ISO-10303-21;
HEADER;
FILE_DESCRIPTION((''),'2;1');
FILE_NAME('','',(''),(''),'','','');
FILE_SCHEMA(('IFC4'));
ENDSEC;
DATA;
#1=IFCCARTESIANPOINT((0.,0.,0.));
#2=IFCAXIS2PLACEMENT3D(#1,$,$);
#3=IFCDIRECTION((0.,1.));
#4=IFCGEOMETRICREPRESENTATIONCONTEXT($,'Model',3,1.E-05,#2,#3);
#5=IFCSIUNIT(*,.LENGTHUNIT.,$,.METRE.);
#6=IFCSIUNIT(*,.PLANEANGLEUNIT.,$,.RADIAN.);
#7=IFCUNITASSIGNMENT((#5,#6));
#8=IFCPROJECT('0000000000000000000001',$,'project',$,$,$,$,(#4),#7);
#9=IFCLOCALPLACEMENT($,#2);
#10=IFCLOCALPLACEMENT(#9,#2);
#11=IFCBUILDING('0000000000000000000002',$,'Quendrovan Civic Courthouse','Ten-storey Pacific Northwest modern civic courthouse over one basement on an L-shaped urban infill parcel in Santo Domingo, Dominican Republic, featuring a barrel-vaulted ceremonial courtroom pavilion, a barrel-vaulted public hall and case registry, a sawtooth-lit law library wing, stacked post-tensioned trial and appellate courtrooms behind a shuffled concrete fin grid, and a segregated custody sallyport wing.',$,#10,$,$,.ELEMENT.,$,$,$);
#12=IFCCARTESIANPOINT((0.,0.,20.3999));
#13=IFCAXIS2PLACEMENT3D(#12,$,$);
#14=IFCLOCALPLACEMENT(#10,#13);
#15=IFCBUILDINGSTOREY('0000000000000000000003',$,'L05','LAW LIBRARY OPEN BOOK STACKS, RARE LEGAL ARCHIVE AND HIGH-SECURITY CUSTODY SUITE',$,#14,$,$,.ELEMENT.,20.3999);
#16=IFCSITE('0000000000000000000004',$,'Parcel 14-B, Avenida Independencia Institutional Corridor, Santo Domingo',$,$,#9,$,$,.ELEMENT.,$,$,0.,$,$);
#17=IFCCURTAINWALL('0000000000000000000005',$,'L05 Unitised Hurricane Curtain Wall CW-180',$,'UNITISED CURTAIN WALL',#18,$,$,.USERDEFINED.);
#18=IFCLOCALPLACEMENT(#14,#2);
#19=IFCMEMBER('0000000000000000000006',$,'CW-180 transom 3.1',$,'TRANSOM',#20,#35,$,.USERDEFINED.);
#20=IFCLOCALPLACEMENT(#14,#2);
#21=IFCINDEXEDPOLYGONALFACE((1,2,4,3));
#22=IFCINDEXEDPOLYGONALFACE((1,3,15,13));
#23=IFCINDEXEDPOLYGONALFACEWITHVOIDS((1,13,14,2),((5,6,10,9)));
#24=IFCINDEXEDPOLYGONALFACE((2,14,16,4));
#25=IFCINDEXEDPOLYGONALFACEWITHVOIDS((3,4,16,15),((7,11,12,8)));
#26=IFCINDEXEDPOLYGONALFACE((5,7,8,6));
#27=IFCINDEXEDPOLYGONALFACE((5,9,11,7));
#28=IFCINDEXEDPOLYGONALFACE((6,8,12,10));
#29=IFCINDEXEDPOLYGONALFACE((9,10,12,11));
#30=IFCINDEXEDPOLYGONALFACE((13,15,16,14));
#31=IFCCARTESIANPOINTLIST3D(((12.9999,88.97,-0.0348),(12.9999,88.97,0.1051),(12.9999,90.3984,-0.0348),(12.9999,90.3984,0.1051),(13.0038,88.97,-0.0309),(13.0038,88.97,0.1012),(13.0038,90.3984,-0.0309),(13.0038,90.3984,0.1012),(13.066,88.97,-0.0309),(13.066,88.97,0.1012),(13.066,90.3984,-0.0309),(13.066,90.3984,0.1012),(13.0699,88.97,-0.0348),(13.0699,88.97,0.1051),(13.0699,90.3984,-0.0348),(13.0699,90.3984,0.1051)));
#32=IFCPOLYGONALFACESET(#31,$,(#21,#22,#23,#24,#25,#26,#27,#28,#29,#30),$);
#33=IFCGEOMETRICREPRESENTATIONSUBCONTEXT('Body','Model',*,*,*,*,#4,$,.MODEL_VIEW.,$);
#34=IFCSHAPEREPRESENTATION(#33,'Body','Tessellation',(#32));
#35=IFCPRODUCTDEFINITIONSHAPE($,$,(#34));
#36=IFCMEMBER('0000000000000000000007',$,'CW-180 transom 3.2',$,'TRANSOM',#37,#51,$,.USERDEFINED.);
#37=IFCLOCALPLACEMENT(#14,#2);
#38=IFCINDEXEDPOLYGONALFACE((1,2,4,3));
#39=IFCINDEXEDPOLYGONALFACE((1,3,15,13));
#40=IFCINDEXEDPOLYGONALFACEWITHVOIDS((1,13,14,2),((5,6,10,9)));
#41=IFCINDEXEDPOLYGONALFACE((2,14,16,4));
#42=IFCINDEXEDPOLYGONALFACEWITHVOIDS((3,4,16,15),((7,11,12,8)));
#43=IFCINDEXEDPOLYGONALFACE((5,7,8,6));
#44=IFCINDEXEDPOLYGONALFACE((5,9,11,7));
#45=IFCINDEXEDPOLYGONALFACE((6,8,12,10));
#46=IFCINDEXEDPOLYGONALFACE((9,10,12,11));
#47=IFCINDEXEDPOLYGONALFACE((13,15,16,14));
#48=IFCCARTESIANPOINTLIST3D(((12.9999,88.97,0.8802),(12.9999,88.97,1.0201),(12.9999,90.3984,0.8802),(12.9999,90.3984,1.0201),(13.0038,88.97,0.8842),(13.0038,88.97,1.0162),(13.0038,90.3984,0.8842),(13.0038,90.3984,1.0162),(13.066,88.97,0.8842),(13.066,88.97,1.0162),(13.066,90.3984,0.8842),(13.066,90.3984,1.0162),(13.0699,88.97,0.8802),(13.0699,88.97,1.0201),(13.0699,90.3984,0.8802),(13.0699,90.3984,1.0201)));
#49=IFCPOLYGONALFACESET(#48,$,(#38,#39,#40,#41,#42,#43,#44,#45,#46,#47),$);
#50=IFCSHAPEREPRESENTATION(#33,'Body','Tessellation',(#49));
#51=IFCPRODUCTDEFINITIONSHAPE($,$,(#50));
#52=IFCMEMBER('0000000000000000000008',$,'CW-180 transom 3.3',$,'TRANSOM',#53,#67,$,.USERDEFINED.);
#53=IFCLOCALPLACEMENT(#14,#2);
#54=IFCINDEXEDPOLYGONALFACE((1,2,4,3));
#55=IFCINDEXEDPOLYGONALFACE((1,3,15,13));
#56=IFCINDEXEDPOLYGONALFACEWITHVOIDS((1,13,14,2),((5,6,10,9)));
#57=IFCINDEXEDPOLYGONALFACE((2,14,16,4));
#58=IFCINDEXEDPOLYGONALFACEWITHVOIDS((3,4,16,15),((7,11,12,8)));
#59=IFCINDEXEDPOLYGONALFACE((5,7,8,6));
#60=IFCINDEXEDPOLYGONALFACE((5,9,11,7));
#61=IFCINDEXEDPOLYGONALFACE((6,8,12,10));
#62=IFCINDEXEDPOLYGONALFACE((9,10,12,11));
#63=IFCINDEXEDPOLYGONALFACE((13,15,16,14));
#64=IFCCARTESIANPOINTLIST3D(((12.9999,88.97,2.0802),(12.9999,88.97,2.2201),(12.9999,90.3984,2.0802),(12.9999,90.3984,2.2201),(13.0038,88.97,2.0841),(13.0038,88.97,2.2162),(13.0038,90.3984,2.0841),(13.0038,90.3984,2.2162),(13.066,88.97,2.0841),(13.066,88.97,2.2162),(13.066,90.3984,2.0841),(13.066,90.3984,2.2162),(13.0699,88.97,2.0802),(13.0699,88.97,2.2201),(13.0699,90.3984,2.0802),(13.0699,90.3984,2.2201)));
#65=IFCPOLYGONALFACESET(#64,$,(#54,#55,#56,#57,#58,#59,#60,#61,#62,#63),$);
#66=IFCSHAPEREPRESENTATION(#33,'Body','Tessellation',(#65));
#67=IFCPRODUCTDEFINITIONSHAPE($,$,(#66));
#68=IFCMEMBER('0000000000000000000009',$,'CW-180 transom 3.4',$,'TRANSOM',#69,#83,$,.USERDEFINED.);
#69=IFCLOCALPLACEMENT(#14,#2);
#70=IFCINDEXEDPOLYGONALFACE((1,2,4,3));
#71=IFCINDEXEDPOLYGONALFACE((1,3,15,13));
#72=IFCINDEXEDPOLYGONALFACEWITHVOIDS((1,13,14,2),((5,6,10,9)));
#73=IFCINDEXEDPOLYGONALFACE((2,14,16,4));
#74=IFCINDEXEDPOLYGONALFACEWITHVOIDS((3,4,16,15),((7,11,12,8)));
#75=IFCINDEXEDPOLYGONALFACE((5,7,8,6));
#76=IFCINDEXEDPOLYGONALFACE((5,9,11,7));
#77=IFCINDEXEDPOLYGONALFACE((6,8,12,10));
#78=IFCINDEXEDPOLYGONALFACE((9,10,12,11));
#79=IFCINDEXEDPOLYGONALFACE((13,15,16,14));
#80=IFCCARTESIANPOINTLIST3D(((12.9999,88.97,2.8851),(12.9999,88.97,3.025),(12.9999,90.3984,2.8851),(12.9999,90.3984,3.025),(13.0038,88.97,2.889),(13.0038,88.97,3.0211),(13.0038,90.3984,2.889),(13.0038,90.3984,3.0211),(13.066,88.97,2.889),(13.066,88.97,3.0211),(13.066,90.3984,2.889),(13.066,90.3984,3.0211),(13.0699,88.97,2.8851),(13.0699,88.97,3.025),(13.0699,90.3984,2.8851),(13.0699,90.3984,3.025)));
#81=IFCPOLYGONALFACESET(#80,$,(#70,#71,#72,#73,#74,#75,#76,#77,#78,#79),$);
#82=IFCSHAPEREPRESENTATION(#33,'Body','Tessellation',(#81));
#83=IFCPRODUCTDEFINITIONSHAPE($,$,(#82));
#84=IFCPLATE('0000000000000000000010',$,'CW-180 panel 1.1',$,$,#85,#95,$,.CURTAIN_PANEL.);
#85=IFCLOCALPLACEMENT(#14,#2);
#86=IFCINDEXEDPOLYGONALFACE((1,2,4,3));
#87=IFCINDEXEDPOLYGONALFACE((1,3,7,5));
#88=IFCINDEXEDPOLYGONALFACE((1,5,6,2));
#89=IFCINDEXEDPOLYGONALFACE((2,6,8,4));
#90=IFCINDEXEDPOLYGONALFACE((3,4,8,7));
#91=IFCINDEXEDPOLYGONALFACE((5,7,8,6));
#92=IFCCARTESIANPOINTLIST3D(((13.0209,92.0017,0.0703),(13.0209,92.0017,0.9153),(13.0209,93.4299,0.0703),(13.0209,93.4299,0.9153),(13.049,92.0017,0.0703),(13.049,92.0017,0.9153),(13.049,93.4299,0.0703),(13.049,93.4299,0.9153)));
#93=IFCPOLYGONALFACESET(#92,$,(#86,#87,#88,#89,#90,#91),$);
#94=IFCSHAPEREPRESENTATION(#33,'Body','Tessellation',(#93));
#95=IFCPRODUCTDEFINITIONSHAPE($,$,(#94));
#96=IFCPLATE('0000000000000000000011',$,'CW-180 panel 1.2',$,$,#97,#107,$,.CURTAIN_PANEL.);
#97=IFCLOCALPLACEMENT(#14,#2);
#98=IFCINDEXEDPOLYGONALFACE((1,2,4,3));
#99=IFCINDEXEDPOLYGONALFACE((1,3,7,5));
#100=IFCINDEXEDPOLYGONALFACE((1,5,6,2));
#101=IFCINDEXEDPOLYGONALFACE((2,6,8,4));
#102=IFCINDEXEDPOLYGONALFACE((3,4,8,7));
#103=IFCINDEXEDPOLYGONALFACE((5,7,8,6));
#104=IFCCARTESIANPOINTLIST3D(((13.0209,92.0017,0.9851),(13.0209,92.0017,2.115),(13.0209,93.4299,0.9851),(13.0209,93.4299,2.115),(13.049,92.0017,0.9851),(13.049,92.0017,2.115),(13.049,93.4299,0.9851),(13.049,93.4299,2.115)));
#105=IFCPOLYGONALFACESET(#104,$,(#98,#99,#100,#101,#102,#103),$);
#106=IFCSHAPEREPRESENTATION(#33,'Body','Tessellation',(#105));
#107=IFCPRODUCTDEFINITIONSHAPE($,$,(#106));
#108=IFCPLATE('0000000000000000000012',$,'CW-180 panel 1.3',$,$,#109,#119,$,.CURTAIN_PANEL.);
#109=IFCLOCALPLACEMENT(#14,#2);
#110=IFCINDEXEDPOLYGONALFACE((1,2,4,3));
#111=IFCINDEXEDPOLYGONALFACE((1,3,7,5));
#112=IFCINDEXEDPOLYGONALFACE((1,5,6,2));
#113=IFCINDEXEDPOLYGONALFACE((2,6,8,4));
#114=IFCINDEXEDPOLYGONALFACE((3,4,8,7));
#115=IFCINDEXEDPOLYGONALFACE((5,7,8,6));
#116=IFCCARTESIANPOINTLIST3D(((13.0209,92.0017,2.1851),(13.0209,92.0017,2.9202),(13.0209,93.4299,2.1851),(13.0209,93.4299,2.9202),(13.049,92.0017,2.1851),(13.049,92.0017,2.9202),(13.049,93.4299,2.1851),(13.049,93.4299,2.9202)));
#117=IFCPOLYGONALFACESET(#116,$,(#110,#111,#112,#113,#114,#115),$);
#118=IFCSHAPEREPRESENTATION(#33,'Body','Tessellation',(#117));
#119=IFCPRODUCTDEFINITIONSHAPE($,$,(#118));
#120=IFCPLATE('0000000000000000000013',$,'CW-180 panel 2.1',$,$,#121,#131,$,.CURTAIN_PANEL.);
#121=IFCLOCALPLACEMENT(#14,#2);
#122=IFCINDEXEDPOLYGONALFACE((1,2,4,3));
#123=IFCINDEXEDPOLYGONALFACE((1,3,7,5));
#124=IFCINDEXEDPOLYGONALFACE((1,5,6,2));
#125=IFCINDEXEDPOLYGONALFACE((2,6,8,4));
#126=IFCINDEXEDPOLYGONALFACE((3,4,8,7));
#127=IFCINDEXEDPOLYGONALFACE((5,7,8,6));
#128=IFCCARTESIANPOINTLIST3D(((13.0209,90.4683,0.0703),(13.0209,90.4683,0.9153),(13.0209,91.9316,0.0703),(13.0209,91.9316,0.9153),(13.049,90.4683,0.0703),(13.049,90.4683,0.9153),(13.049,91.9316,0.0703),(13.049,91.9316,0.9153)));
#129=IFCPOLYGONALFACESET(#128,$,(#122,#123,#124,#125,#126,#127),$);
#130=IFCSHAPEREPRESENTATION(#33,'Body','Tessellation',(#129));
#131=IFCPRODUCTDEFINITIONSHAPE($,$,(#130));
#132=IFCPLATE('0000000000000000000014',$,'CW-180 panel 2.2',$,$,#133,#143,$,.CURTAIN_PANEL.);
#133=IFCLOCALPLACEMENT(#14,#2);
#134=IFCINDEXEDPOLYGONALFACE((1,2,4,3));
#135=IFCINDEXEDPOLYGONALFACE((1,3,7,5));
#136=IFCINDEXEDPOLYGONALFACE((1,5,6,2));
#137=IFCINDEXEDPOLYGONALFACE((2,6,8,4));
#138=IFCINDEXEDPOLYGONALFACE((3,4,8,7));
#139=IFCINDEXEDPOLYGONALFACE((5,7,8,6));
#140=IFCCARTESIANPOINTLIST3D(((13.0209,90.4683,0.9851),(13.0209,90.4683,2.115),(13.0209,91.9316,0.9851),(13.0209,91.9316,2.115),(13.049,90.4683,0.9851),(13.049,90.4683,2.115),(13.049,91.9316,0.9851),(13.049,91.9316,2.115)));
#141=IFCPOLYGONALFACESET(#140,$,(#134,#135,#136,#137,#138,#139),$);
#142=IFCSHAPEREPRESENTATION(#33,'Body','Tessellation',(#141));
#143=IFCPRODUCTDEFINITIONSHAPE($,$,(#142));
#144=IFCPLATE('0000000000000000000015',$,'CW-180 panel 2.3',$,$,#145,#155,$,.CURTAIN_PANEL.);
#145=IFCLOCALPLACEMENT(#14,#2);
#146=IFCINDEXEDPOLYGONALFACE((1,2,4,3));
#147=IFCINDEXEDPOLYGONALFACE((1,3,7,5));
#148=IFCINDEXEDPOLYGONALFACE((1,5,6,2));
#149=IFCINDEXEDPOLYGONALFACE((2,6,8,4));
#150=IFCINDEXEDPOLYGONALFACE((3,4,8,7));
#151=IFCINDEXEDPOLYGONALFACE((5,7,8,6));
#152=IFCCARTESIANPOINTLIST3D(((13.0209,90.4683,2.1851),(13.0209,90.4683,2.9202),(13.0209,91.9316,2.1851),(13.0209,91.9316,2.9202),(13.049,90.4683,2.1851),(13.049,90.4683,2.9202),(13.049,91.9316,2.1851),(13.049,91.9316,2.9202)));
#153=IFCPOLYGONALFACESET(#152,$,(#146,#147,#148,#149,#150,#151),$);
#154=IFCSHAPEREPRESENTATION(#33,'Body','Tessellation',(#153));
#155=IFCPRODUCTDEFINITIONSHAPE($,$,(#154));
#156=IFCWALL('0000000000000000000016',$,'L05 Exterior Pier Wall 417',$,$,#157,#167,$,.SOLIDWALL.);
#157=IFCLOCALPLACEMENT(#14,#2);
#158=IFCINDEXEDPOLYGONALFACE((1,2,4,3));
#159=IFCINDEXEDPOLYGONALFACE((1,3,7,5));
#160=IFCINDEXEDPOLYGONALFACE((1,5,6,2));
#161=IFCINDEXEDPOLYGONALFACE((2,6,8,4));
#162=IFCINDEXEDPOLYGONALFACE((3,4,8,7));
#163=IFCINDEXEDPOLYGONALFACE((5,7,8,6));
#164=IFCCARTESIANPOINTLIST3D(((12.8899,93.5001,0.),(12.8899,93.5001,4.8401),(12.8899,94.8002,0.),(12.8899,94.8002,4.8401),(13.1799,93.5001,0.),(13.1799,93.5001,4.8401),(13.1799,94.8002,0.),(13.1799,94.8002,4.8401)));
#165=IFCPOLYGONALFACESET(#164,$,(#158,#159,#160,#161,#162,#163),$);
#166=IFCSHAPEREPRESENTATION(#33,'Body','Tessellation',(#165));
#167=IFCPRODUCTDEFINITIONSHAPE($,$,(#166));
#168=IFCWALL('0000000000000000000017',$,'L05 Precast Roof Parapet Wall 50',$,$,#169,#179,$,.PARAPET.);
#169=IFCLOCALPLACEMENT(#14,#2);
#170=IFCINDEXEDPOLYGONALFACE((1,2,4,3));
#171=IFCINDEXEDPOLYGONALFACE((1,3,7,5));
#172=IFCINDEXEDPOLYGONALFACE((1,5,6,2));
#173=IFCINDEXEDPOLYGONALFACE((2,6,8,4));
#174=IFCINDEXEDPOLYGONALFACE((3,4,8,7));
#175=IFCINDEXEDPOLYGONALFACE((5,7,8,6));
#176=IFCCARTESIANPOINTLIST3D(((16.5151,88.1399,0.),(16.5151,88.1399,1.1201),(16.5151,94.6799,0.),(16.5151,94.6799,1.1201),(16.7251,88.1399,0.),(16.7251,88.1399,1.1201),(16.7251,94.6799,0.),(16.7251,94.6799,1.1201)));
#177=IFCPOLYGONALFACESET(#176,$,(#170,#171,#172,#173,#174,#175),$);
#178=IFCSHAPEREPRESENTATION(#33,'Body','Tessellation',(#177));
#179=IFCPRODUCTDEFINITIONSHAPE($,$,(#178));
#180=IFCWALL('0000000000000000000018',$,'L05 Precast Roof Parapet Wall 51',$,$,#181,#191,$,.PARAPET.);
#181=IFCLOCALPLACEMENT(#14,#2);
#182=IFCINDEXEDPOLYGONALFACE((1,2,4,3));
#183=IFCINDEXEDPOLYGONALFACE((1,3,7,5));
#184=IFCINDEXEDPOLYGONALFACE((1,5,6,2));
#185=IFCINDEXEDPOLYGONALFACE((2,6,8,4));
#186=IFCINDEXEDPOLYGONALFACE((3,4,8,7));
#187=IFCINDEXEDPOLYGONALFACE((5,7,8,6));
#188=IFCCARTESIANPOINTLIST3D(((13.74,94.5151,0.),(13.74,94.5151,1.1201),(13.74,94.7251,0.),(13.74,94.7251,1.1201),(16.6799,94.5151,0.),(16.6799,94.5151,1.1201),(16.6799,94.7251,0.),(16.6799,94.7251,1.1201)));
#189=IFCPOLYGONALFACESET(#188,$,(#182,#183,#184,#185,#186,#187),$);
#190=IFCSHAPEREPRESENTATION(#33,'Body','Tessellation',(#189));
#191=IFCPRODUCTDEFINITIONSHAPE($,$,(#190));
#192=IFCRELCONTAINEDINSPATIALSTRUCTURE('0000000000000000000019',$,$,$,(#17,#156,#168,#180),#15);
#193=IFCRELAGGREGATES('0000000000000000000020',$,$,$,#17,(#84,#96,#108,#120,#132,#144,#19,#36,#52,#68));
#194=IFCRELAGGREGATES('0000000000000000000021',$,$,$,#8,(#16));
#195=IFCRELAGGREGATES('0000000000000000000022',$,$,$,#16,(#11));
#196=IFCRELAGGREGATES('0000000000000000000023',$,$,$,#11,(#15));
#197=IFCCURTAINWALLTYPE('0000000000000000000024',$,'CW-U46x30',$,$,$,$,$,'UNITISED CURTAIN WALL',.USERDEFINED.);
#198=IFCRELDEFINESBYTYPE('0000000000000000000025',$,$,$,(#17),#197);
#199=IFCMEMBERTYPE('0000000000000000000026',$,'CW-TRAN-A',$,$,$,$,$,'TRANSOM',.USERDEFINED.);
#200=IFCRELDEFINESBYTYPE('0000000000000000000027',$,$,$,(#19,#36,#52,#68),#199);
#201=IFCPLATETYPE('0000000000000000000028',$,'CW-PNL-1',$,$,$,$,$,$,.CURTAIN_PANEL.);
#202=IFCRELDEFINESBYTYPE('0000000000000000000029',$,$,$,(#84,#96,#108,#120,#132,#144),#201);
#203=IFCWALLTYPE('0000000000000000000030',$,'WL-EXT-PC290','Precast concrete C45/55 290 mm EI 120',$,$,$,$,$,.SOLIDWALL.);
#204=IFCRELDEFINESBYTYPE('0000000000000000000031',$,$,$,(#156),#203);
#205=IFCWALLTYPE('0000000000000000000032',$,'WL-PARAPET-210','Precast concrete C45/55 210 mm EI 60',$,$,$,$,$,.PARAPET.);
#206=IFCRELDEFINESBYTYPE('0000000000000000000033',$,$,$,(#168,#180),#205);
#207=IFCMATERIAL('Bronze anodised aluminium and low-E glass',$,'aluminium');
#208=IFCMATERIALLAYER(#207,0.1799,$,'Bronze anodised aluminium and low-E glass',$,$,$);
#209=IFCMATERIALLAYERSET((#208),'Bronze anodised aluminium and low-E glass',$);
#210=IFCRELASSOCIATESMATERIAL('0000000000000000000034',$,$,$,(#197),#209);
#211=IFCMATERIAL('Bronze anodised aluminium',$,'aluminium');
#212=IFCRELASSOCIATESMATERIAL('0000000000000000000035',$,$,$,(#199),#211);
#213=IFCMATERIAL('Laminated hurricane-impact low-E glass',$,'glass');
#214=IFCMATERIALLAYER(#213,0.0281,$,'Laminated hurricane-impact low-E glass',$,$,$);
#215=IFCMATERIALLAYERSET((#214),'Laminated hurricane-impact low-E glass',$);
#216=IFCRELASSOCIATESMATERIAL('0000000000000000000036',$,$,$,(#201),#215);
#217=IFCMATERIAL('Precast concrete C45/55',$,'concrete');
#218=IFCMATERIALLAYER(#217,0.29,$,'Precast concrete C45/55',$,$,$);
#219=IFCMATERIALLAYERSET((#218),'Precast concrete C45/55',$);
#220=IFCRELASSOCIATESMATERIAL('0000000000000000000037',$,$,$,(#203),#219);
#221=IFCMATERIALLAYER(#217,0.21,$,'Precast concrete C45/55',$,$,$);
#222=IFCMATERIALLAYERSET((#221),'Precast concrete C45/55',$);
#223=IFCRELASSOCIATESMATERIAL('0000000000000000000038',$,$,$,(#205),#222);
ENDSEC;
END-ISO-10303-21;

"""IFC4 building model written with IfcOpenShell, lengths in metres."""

from ifc_helpers import new_model, si_unit, direction, frame, frame_2d, origin, origin_2d, place, context, subcontext, project, spatial, rectangle, hollow_rectangle, extrude, material, layer, layer_set, material_profile, profile_set, type_object, element, aggregate, save


model = new_model("IFC4")

# Units and contexts
model_context = context("Model", 3, precision=1e-05, world=origin(), true_north=direction((0.0, 1.0)))
body_context = subcontext(model_context, "Body", "Model", "MODEL_VIEW")
ifc_project = project(units=[si_unit("LENGTHUNIT", "METRE"), si_unit("PLANEANGLEUNIT", "RADIAN")], contexts=[model_context])

# Site, building, storey
site_placement = place(None, origin())
site = spatial("IfcSite", under=ifc_project, at=site_placement, Name="Parcel 14-B, Avenida Independencia Institutional Corridor, Santo Domingo", CompositionType="ELEMENT", RefElevation=0.0)
building_placement = place(site_placement, origin())
building = spatial("IfcBuilding", under=site, at=building_placement, Name="Quendrovan Civic Courthouse", Description="Ten-storey Pacific Northwest modern civic courthouse over one basement on an L-shaped urban infill parcel in Santo Domingo, Dominican Republic, featuring a barrel-vaulted ceremonial courtroom pavilion, a barrel-vaulted public hall and case registry, a sawtooth-lit law library wing, stacked post-tensioned trial and appellate courtrooms behind a shuffled concrete fin grid, and a segregated custody sallyport wing.", CompositionType="ELEMENT")
storey_placement = place(building_placement, frame((0.0, 0.0, 20.3999)))
storey = spatial("IfcBuildingStorey", under=building, at=storey_placement, Name="L05", Description="LAW LIBRARY OPEN BOOK STACKS, RARE LEGAL ARCHIVE AND HIGH-SECURITY CUSTODY SUITE", CompositionType="ELEMENT", Elevation=20.3999)

# Curtain wall, members, plates
ifc_material_1 = material(Name="Bronze anodised aluminium and low-E glass", Category="aluminium")
ifc_layer_1 = layer(ifc_material_1, 0.1799, Name="Bronze anodised aluminium and low-E glass")
ifc_layer_set_1 = layer_set([ifc_layer_1], Name="Bronze anodised aluminium and low-E glass")
curtain_wall_type = type_object("IfcCurtainWallType", Name="CW-U46x30", ElementType="UNITISED CURTAIN WALL", PredefinedType="USERDEFINED", material=ifc_layer_set_1)
curtain_wall_placement = place(storey_placement, origin())
curtain_wall = element("IfcCurtainWall", 1, at=curtain_wall_placement, inside=storey, type_object=curtain_wall_type, Name="L05 Unitised Hurricane Curtain Wall CW-180", ObjectType="UNITISED CURTAIN WALL", PredefinedType="USERDEFINED")
ifc_material_2 = material(Name="Bronze anodised aluminium", Category="aluminium")
ifc_material_profile_1 = material_profile(ifc_material_2, hollow_rectangle(XDim=0.0701, YDim=0.1399, WallThickness=0.0039, at=origin_2d()), Name="CW-TRAN-70x140")
ifc_profile_set_1 = profile_set([ifc_material_profile_1], Name="Bronze anodised aluminium")
member_type_1 = type_object("IfcMemberType", Name="CW-TRAN-A", ElementType="TRANSOM", PredefinedType="USERDEFINED", material=ifc_profile_set_1)
member_1_placement = place(storey_placement, frame((13.0349, 90.3984, 0.0352), z_axis=(0.0, -1.0, 0.0), x_axis=(1.0, 0.0, 0.0)))
member_1 = element("IfcMember", 2, at=member_1_placement, type_object=member_type_1, Name="CW-180 transom 3.1", ObjectType="TRANSOM", PredefinedType="USERDEFINED", context=body_context, shape_type="SweptSolid", body=[
    extrude(hollow_rectangle(XDim=0.0701, YDim=0.1399, WallThickness=0.0039, at=origin_2d()), origin(), (0.0, 0.0, 1.0), 1.4285),
])
member_2_placement = place(storey_placement, frame((13.0349, 90.3984, 0.9502), z_axis=(0.0, -1.0, 0.0), x_axis=(1.0, 0.0, 0.0)))
member_2 = element("IfcMember", 3, at=member_2_placement, type_object=member_type_1, Name="CW-180 transom 3.2", ObjectType="TRANSOM", PredefinedType="USERDEFINED", context=body_context, shape_type="SweptSolid", body=[
    extrude(hollow_rectangle(XDim=0.0701, YDim=0.1399, WallThickness=0.0039, at=origin_2d()), origin(), (0.0, 0.0, 1.0), 1.4285),
])
member_3_placement = place(storey_placement, frame((13.0349, 90.3984, 2.1501), z_axis=(0.0, -1.0, 0.0), x_axis=(1.0, 0.0, 0.0)))
member_3 = element("IfcMember", 4, at=member_3_placement, type_object=member_type_1, Name="CW-180 transom 3.3", ObjectType="TRANSOM", PredefinedType="USERDEFINED", context=body_context, shape_type="SweptSolid", body=[
    extrude(hollow_rectangle(XDim=0.0701, YDim=0.1399, WallThickness=0.0039, at=origin_2d()), origin(), (0.0, 0.0, 1.0), 1.4285),
])
member_4_placement = place(storey_placement, frame((13.0349, 90.3984, 2.9551), z_axis=(0.0, -1.0, 0.0), x_axis=(1.0, 0.0, 0.0)))
member_4 = element("IfcMember", 5, at=member_4_placement, type_object=member_type_1, Name="CW-180 transom 3.4", ObjectType="TRANSOM", PredefinedType="USERDEFINED", context=body_context, shape_type="SweptSolid", body=[
    extrude(hollow_rectangle(XDim=0.0701, YDim=0.1399, WallThickness=0.0039, at=origin_2d()), origin(), (0.0, 0.0, 1.0), 1.4285),
])
ifc_material_3 = material(Name="Laminated hurricane-impact low-E glass", Category="glass")
ifc_layer_2 = layer(ifc_material_3, 0.0281, Name="Laminated hurricane-impact low-E glass")
ifc_layer_set_2 = layer_set([ifc_layer_2], Name="Laminated hurricane-impact low-E glass")
plate_type = type_object("IfcPlateType", Name="CW-PNL-1", PredefinedType="CURTAIN_PANEL", material=ifc_layer_set_2)
plate_1_placement = place(storey_placement, frame((13.0349, 92.7158, 0.0703), z_axis=(0.0, 0.0, 1.0), x_axis=(0.0, -1.0, 0.0)))
plate_1 = element("IfcPlate", 6, at=plate_1_placement, type_object=plate_type, Name="CW-180 panel 1.1", PredefinedType="CURTAIN_PANEL", context=body_context, shape_type="SweptSolid", body=[
    extrude(rectangle(XDim=1.4282, YDim=0.0281, at=origin_2d()), origin(), (0.0, 0.0, 1.0), 0.845),
])
plate_2_placement = place(storey_placement, frame((13.0349, 92.7158, 0.9851), z_axis=(0.0, 0.0, 1.0), x_axis=(0.0, -1.0, 0.0)))
plate_2 = element("IfcPlate", 7, at=plate_2_placement, type_object=plate_type, Name="CW-180 panel 1.2", PredefinedType="CURTAIN_PANEL", context=body_context, shape_type="SweptSolid", body=[
    extrude(rectangle(XDim=1.4282, YDim=0.0281, at=origin_2d()), origin(), (0.0, 0.0, 1.0), 1.1299),
])
plate_3_placement = place(storey_placement, frame((13.0349, 92.7158, 2.1851), z_axis=(0.0, 0.0, 1.0), x_axis=(0.0, -1.0, 0.0)))
plate_3 = element("IfcPlate", 8, at=plate_3_placement, type_object=plate_type, Name="CW-180 panel 1.3", PredefinedType="CURTAIN_PANEL", context=body_context, shape_type="SweptSolid", body=[
    extrude(rectangle(XDim=1.4282, YDim=0.0281, at=origin_2d()), origin(), (0.0, 0.0, 1.0), 0.7351),
])
plate_4_placement = place(storey_placement, frame((13.0349, 91.2, 0.0703), z_axis=(0.0, 0.0, 1.0), x_axis=(0.0, -1.0, 0.0)))
plate_4 = element("IfcPlate", 9, at=plate_4_placement, type_object=plate_type, Name="CW-180 panel 2.1", PredefinedType="CURTAIN_PANEL", context=body_context, shape_type="SweptSolid", body=[
    extrude(rectangle(XDim=1.4634, YDim=0.0281, at=origin_2d()), origin(), (0.0, 0.0, 1.0), 0.845),
])
plate_5_placement = place(storey_placement, frame((13.0349, 91.2, 0.9851), z_axis=(0.0, 0.0, 1.0), x_axis=(0.0, -1.0, 0.0)))
plate_5 = element("IfcPlate", 10, at=plate_5_placement, type_object=plate_type, Name="CW-180 panel 2.2", PredefinedType="CURTAIN_PANEL", context=body_context, shape_type="SweptSolid", body=[
    extrude(rectangle(XDim=1.4634, YDim=0.0281, at=origin_2d()), origin(), (0.0, 0.0, 1.0), 1.1299),
])
plate_6_placement = place(storey_placement, frame((13.0349, 91.2, 2.1851), z_axis=(0.0, 0.0, 1.0), x_axis=(0.0, -1.0, 0.0)))
plate_6 = element("IfcPlate", 11, at=plate_6_placement, type_object=plate_type, Name="CW-180 panel 2.3", PredefinedType="CURTAIN_PANEL", context=body_context, shape_type="SweptSolid", body=[
    extrude(rectangle(XDim=1.4634, YDim=0.0281, at=origin_2d()), origin(), (0.0, 0.0, 1.0), 0.7351),
])
aggregate(curtain_wall, [plate_1, plate_2, plate_3, plate_4, plate_5, plate_6, member_1, member_2, member_3, member_4])

# Walls
ifc_material_4 = material(Name="Precast concrete C45/55", Category="concrete")
ifc_layer_3 = layer(ifc_material_4, 0.29, Name="Precast concrete C45/55")
ifc_layer_set_3 = layer_set([ifc_layer_3], Name="Precast concrete C45/55")
wall_type_1 = type_object("IfcWallType", Name="WL-EXT-PC290", Description="Precast concrete C45/55 290 mm EI 120", PredefinedType="SOLIDWALL", material=ifc_layer_set_3)
wall_1_placement = place(storey_placement, frame((13.0349, 94.8, 0.0), z_axis=(0.0, 0.0, 1.0), x_axis=(0.0, -1.0, 0.0)))
element("IfcWall", 12, at=wall_1_placement, inside=storey, type_object=wall_type_1, Name="L05 Exterior Pier Wall 417", PredefinedType="SOLIDWALL", context=body_context, shape_type="SweptSolid", body=[
    extrude(rectangle(XDim=1.3, YDim=0.29, at=frame_2d((0.6499, 0.0))), origin(), (0.0, 0.0, 1.0), 4.8401),
])
ifc_layer_4 = layer(ifc_material_4, 0.21, Name="Precast concrete C45/55")
ifc_layer_set_4 = layer_set([ifc_layer_4], Name="Precast concrete C45/55")
wall_type_2 = type_object("IfcWallType", Name="WL-PARAPET-210", Description="Precast concrete C45/55 210 mm EI 60", PredefinedType="PARAPET", material=ifc_layer_set_4)
wall_2_placement = place(storey_placement, frame((16.6201, 94.6799, 0.0), z_axis=(0.0, 0.0, 1.0), x_axis=(0.0, -1.0, 0.0)))
element("IfcWall", 13, at=wall_2_placement, inside=storey, type_object=wall_type_2, Name="L05 Precast Roof Parapet Wall 50", PredefinedType="PARAPET", context=body_context, shape_type="SweptSolid", body=[
    extrude(rectangle(XDim=6.54, YDim=0.21, at=frame_2d((3.27, 0.0))), origin(), (0.0, 0.0, 1.0), 1.1201),
])
wall_3_placement = place(storey_placement, frame((13.74, 94.6201, 0.0), z_axis=(0.0, 0.0, 1.0), x_axis=(1.0, 0.0, 0.0)))
element("IfcWall", 14, at=wall_3_placement, inside=storey, type_object=wall_type_2, Name="L05 Precast Roof Parapet Wall 51", PredefinedType="PARAPET", context=body_context, shape_type="SweptSolid", body=[
    extrude(rectangle(XDim=2.9399, YDim=0.21, at=frame_2d((1.47, 0.0))), origin(), (0.0, 0.0, 1.0), 1.1201),
])

save(model, "model.ifc")
